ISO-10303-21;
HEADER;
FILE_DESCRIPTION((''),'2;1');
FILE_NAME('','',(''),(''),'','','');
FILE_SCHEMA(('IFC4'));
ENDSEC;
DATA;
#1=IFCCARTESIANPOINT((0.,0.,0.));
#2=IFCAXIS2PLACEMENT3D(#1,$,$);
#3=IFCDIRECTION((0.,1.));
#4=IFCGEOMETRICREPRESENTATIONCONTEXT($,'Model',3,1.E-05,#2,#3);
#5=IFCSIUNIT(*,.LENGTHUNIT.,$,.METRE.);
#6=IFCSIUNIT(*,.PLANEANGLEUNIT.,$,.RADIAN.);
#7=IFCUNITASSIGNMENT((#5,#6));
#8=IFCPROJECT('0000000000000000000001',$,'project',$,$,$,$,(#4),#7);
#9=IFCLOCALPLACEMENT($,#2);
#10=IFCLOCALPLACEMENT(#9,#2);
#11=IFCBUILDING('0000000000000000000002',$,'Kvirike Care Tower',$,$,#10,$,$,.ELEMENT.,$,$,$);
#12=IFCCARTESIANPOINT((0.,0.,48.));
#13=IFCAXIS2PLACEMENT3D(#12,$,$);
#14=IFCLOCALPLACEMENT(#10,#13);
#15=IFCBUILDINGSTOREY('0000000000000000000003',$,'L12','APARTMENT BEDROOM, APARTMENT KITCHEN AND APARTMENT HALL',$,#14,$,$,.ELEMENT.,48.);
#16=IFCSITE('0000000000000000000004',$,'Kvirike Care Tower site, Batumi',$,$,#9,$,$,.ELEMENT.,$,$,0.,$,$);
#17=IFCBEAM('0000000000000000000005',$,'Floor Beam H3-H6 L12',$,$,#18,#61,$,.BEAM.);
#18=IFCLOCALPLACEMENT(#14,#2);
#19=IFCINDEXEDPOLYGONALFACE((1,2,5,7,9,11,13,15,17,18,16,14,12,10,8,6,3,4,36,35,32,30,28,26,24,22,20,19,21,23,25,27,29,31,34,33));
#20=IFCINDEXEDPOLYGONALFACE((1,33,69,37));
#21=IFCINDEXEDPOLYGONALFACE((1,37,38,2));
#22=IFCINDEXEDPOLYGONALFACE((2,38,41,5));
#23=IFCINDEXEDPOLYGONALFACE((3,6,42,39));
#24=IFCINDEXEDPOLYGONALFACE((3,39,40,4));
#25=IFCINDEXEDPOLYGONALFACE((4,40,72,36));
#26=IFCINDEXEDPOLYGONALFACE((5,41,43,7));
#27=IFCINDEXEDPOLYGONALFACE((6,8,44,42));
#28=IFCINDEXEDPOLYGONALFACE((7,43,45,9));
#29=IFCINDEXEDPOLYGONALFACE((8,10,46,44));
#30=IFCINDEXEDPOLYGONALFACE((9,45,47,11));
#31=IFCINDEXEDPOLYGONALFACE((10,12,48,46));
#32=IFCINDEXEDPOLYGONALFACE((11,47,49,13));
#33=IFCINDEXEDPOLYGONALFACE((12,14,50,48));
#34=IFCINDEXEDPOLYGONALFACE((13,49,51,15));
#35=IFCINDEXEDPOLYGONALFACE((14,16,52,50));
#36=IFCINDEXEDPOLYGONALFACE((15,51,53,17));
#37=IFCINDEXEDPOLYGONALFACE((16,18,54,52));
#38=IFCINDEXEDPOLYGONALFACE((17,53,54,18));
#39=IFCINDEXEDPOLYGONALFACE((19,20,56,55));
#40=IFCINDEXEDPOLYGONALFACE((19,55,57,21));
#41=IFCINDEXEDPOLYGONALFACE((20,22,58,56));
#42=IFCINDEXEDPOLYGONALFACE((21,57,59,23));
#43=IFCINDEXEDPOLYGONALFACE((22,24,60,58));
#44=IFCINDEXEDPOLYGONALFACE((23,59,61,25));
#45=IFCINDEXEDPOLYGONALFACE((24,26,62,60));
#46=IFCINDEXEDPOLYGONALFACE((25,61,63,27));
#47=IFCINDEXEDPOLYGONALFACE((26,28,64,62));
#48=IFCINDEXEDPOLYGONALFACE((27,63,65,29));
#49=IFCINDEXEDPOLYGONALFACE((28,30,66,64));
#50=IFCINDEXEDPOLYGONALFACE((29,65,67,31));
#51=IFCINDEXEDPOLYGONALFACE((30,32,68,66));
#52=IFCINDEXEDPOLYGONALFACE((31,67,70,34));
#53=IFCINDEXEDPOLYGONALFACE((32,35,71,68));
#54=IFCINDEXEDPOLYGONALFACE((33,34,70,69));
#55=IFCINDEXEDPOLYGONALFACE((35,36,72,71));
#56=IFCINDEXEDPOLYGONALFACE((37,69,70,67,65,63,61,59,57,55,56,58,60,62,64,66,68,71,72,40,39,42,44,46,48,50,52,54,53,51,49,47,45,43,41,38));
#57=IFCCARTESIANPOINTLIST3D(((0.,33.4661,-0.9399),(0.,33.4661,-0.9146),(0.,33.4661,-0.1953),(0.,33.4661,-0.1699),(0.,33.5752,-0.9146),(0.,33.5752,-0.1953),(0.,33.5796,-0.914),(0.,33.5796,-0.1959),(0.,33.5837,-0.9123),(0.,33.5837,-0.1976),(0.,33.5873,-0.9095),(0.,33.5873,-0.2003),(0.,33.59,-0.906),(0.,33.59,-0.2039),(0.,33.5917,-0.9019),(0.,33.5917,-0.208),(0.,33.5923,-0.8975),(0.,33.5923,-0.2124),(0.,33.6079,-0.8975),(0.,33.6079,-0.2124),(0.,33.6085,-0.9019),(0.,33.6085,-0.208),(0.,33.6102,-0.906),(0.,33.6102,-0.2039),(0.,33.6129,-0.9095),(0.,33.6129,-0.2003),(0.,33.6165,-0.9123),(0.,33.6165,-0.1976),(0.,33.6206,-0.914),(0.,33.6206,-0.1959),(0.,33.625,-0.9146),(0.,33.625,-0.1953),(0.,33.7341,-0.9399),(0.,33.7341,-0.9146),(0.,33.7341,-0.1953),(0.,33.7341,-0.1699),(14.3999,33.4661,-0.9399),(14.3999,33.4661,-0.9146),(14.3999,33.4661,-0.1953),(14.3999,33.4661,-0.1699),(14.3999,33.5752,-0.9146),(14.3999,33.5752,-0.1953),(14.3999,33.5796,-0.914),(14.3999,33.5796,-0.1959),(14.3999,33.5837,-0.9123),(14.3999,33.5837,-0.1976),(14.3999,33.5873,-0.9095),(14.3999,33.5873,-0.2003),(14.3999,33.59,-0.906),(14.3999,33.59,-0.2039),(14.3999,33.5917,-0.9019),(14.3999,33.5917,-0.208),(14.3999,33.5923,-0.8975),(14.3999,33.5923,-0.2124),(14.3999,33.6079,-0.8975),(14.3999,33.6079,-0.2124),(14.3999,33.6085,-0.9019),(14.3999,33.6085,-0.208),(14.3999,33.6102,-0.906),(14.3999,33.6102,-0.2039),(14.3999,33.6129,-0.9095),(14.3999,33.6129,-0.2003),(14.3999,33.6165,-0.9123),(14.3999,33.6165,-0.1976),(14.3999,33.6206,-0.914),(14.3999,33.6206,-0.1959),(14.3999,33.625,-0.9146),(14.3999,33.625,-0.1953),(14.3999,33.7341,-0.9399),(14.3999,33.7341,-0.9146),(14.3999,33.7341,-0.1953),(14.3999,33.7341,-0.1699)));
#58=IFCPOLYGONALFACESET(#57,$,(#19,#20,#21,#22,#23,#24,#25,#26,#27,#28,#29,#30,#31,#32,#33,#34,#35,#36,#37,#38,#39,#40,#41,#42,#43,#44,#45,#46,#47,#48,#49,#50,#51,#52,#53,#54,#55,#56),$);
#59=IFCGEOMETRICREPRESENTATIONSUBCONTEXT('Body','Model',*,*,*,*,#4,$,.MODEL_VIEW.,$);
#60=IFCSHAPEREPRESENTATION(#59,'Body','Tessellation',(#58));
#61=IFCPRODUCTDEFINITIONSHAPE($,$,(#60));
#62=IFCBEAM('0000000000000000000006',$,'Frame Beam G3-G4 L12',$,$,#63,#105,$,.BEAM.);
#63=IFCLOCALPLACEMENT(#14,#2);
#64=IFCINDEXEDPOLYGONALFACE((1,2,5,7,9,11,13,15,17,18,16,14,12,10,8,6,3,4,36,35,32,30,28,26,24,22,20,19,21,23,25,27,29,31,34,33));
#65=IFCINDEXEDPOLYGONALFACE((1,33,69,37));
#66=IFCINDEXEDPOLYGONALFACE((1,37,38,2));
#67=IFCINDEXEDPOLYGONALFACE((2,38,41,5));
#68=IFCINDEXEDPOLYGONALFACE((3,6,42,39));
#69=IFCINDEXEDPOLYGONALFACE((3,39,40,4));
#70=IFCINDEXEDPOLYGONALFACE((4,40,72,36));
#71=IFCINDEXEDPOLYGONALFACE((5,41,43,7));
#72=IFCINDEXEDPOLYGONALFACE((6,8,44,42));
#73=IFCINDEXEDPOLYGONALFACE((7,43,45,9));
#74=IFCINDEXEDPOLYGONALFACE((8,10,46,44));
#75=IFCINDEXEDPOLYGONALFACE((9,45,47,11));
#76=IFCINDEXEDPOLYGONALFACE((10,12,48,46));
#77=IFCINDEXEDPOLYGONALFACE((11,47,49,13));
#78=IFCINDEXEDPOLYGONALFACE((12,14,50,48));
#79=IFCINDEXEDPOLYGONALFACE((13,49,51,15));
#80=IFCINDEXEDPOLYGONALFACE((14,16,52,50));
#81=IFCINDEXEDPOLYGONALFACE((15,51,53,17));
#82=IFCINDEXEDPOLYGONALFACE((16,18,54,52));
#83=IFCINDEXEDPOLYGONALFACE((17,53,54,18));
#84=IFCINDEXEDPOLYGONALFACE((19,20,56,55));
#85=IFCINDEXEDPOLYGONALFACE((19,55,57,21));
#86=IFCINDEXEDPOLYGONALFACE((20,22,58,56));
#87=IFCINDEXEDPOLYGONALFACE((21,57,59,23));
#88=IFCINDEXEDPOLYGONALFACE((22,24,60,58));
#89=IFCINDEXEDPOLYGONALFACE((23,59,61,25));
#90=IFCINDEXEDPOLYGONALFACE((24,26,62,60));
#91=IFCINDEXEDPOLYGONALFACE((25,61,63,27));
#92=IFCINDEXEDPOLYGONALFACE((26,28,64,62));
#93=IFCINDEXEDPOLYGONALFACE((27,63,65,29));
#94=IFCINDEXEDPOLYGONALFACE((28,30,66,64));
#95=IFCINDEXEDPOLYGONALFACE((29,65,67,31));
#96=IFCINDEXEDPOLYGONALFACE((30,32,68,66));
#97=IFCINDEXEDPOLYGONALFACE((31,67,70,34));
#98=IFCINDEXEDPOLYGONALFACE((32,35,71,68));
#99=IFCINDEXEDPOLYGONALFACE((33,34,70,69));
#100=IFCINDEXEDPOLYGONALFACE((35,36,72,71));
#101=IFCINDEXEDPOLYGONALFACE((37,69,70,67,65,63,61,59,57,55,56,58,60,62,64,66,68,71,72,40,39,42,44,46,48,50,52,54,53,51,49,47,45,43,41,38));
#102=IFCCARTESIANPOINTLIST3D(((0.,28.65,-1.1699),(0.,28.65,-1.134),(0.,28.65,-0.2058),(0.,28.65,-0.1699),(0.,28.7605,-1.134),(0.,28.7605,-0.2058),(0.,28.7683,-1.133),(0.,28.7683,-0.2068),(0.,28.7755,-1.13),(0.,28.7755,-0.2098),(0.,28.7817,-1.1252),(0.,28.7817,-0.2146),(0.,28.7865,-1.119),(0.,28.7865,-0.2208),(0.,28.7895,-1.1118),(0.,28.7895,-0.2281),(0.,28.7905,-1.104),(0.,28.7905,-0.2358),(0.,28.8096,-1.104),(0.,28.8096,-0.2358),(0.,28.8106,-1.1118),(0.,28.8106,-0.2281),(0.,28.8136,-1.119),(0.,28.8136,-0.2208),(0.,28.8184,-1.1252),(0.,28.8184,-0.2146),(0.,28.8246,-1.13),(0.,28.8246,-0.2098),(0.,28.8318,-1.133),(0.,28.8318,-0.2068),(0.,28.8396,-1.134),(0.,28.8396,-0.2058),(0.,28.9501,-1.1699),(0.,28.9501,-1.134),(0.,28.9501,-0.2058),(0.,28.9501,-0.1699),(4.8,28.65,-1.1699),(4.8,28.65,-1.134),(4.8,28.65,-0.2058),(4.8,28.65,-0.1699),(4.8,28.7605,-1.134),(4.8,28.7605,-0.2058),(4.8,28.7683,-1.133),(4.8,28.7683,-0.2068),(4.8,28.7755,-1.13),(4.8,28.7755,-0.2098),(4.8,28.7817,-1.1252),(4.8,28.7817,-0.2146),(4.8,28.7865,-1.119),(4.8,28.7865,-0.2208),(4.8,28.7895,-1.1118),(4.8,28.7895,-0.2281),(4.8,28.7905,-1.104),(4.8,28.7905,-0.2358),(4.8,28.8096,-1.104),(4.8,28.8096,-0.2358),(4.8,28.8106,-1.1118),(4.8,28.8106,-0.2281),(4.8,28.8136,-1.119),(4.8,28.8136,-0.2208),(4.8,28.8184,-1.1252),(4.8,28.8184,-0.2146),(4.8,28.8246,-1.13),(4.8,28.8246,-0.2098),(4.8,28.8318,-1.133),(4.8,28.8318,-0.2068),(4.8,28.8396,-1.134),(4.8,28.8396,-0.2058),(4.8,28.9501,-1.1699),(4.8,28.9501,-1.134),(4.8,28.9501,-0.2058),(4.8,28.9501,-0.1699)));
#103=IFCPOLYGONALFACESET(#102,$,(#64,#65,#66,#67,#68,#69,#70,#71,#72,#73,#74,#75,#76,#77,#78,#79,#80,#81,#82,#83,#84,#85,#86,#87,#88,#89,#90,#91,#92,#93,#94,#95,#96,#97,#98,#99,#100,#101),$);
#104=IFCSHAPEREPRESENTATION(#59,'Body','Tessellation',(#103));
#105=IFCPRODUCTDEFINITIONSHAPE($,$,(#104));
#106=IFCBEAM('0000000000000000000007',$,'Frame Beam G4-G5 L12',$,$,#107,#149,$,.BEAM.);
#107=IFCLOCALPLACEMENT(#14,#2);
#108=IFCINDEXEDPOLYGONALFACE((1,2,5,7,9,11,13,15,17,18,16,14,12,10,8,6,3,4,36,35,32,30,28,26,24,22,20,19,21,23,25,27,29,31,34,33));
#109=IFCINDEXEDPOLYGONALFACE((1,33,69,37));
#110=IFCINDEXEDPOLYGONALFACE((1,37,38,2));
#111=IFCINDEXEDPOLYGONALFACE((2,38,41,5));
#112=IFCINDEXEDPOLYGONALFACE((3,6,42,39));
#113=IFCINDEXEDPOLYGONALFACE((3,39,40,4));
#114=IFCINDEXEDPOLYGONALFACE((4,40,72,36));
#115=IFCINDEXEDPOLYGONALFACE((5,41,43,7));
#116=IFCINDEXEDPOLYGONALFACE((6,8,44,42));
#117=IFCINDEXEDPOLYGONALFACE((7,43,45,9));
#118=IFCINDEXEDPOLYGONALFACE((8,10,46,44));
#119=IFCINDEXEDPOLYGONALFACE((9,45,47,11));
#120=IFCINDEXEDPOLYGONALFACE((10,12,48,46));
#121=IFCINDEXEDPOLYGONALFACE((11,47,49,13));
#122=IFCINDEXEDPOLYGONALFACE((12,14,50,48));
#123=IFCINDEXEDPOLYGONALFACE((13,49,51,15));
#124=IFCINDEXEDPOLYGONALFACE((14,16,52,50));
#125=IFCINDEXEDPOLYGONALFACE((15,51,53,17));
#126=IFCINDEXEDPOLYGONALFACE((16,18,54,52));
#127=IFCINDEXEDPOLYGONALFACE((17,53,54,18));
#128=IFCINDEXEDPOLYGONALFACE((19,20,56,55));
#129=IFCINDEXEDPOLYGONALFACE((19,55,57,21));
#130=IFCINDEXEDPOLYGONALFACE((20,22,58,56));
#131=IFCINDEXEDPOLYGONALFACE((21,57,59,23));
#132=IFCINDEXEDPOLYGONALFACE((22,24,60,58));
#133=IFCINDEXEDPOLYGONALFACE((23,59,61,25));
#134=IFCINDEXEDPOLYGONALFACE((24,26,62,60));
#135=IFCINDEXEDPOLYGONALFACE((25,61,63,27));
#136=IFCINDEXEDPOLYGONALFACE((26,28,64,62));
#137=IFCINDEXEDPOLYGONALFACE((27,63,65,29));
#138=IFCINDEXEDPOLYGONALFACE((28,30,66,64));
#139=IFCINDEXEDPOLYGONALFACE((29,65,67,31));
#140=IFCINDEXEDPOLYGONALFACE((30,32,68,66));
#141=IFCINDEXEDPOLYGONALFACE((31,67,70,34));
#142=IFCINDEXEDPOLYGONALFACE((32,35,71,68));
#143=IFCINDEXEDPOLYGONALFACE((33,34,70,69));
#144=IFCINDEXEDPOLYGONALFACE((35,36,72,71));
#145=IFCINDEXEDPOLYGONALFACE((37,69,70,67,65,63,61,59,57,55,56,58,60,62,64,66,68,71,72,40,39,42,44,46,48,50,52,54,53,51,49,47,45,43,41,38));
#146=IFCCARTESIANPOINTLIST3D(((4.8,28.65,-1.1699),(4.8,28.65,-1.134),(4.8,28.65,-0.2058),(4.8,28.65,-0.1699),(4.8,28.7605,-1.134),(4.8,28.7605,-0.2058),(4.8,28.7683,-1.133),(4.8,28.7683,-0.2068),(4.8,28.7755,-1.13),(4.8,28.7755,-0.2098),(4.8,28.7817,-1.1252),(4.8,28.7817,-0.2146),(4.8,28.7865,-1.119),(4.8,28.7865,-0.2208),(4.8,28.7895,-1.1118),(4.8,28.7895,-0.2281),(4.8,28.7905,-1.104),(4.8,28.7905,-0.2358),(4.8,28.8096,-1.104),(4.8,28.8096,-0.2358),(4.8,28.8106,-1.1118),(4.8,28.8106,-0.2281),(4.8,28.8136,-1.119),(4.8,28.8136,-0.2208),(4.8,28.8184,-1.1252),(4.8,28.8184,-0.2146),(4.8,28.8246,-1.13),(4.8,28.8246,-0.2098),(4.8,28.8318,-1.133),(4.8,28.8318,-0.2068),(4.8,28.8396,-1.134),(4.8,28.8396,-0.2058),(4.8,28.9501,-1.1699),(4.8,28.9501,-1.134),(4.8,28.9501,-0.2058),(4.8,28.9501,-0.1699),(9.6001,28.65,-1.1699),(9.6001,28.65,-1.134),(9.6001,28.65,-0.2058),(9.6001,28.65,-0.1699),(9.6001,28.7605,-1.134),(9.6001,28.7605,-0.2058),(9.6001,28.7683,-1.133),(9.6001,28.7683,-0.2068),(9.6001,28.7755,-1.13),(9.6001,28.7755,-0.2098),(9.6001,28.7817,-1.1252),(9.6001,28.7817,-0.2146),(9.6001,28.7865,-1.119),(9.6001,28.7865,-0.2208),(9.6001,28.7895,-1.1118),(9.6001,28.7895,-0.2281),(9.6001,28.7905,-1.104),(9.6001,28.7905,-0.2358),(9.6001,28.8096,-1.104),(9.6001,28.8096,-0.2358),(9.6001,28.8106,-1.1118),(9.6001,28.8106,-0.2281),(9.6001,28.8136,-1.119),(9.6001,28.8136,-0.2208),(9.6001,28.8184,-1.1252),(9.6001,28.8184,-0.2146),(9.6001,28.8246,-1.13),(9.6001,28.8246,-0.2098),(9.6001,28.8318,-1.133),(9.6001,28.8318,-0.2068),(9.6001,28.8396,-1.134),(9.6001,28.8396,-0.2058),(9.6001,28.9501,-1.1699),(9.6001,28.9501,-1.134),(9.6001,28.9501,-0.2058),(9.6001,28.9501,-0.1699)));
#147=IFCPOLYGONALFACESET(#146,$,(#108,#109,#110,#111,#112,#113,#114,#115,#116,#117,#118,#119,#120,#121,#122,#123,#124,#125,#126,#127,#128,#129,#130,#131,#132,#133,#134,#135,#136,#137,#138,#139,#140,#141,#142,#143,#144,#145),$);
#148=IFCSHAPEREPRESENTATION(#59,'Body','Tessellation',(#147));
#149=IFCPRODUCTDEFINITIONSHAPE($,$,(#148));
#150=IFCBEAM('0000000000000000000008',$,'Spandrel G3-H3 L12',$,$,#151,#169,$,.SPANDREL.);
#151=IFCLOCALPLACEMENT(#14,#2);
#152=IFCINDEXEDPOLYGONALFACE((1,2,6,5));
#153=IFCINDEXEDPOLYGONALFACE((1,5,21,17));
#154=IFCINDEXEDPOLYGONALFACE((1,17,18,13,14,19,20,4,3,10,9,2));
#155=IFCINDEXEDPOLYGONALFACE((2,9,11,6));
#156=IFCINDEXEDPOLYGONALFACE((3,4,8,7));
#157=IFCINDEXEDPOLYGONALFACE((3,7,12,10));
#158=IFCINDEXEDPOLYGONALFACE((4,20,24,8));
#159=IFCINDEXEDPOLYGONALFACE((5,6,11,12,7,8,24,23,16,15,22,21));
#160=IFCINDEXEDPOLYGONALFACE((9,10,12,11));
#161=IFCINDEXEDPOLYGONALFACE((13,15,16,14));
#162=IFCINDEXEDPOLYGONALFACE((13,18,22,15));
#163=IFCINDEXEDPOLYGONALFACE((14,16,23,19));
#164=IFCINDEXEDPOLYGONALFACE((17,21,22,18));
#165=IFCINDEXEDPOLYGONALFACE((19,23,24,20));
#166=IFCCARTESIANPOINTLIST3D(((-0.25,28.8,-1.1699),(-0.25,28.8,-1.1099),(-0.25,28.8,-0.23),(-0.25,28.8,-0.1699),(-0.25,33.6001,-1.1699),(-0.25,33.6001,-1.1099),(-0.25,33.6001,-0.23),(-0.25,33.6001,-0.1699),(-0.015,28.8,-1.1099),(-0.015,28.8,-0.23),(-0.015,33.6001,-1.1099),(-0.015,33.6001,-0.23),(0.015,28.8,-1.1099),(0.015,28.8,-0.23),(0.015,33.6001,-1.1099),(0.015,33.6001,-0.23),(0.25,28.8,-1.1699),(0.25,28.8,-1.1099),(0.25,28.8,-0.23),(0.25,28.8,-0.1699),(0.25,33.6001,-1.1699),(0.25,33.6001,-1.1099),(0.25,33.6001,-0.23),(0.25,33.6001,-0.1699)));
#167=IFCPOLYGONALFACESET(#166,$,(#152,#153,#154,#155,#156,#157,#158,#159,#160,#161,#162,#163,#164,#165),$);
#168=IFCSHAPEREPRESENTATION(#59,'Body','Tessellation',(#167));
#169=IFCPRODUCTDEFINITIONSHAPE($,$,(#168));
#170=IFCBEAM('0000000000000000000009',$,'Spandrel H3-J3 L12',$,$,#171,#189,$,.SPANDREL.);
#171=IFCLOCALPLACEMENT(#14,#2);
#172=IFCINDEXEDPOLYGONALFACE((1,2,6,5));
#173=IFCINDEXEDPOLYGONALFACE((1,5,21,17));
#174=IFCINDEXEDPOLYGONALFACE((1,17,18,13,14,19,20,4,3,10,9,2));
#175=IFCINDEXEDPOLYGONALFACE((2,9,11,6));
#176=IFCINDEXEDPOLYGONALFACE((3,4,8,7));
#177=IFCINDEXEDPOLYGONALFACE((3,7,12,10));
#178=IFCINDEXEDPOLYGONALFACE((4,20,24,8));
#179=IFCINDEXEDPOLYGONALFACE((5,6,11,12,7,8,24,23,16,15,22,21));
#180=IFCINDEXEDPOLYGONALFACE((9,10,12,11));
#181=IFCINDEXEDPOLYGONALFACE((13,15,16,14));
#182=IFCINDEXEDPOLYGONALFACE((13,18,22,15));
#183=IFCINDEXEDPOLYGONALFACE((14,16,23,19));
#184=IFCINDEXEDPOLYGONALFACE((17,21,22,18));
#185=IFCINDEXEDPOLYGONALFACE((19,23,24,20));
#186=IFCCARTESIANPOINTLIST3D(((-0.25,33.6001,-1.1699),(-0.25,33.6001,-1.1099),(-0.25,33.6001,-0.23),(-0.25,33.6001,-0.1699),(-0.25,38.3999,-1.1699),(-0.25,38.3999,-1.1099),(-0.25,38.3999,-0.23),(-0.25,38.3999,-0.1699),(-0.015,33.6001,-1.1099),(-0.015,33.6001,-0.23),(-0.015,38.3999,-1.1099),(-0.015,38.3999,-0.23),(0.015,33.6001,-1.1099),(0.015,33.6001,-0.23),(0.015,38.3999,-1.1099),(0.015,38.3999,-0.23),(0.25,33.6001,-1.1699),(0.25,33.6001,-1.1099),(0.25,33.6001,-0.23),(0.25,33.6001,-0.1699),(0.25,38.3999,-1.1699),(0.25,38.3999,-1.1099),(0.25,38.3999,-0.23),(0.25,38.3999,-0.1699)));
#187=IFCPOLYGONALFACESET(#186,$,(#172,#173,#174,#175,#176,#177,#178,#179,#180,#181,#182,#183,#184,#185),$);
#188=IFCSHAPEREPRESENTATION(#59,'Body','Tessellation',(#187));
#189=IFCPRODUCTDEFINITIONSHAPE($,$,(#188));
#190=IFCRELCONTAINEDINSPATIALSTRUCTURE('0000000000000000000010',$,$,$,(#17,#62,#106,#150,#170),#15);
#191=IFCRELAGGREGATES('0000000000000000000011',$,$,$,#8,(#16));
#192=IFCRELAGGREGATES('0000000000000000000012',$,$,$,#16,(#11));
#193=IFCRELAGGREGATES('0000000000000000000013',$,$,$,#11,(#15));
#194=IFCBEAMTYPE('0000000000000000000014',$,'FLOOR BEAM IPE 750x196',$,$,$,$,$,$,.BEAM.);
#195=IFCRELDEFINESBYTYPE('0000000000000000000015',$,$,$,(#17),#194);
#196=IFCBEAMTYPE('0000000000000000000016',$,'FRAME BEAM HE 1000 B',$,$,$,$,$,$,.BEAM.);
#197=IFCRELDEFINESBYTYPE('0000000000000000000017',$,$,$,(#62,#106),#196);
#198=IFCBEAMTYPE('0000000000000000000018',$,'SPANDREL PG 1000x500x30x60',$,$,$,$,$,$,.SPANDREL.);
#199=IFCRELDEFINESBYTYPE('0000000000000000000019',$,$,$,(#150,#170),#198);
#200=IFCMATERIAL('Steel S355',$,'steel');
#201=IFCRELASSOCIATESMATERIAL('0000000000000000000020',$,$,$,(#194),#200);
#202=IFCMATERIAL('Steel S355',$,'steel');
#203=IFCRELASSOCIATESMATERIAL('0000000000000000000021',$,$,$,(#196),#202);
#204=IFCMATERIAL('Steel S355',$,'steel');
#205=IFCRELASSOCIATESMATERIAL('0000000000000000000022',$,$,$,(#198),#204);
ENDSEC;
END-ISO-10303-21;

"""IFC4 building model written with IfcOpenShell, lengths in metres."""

from ifc_helpers import new_model, si_unit, direction, frame, origin, origin_2d, place, context, subcontext, project, spatial, i_section, extrude, material, material_profile, profile_set, type_object, element, save


model = new_model("IFC4")

# Units and contexts
model_context = context("Model", 3, precision=1e-05, world=origin(), true_north=direction((0.0, 1.0)))
body_context = subcontext(model_context, "Body", "Model", "MODEL_VIEW")
ifc_project = project(units=[si_unit("LENGTHUNIT", "METRE"), si_unit("PLANEANGLEUNIT", "RADIAN")], contexts=[model_context])

# Site, building, storey
site_placement = place(None, origin())
site = spatial("IfcSite", under=ifc_project, at=site_placement, Name="Kvirike Care Tower site, Batumi", CompositionType="ELEMENT", RefElevation=0.0)
building_placement = place(site_placement, origin())
building = spatial("IfcBuilding", under=site, at=building_placement, Name="Kvirike Care Tower", CompositionType="ELEMENT")
storey_placement = place(building_placement, frame((0.0, 0.0, 48.0)))
storey = spatial("IfcBuildingStorey", under=building, at=storey_placement, Name="L12", Description="APARTMENT BEDROOM, APARTMENT KITCHEN AND APARTMENT HALL", CompositionType="ELEMENT", Elevation=48.0)

# Beams
ifc_material_1 = material(Name="Steel S355", Category="steel")
ifc_material_profile_1 = material_profile(ifc_material_1, i_section(OverallWidth=0.2681, OverallDepth=0.77, WebThickness=0.0156, FlangeThickness=0.0254, FilletRadius=0.0171, at=origin_2d()), Name="IPE 750x196")
ifc_profile_set_1 = profile_set([ifc_material_profile_1], Name="Steel S355")
beam_type_1 = type_object("IfcBeamType", Name="FLOOR BEAM IPE 750x196", PredefinedType="BEAM", material=ifc_profile_set_1)
beam_1_placement = place(storey_placement, frame((0.0, 33.6001, -0.5549), z_axis=(1.0, 0.0, 0.0), x_axis=(0.0, 1.0, 0.0)))
element("IfcBeam", 1, at=beam_1_placement, inside=storey, type_object=beam_type_1, Name="Floor Beam H3-H6 L12", PredefinedType="BEAM", context=body_context, shape_type="SweptSolid", body=[
    extrude(i_section(OverallWidth=0.2681, OverallDepth=0.77, WebThickness=0.0156, FlangeThickness=0.0254, FilletRadius=0.0171, at=origin_2d()), origin(), (0.0, 0.0, 1.0), 14.3999),
])
ifc_material_2 = material(Name="Steel S355", Category="steel")
ifc_material_profile_2 = material_profile(ifc_material_2, i_section(OverallWidth=0.3, OverallDepth=1.0, WebThickness=0.019, FlangeThickness=0.0359, FilletRadius=0.03, at=origin_2d()), Name="HE 1000 B")
ifc_profile_set_2 = profile_set([ifc_material_profile_2], Name="Steel S355")
beam_type_2 = type_object("IfcBeamType", Name="FRAME BEAM HE 1000 B", PredefinedType="BEAM", material=ifc_profile_set_2)
for number, where, z_axis, x_axis, name in (
    (2, (0.0, 28.8, -0.6699), (1.0, 0.0, 0.0), (0.0, 1.0, 0.0), "Frame Beam G3-G4 L12"),
    (3, (4.8, 28.8, -0.6699), (1.0, 0.0, 0.0), (0.0, 1.0, 0.0), "Frame Beam G4-G5 L12"),
):
    element("IfcBeam", number, at=place(storey_placement, frame(where, z_axis=z_axis, x_axis=x_axis)), inside=storey, type_object=beam_type_2, Name=name, PredefinedType="BEAM", context=body_context, shape_type="SweptSolid", body=[
        extrude(i_section(OverallWidth=0.3, OverallDepth=1.0, WebThickness=0.019, FlangeThickness=0.0359, FilletRadius=0.03, at=origin_2d()), origin(), (0.0, 0.0, 1.0), 4.8),
    ])
ifc_material_3 = material(Name="Steel S355", Category="steel")
ifc_material_profile_3 = material_profile(ifc_material_3, i_section(OverallWidth=0.5, OverallDepth=1.0, WebThickness=0.03, FlangeThickness=0.0601, at=origin_2d()), Name="PG 1000x500x30x60")
ifc_profile_set_3 = profile_set([ifc_material_profile_3], Name="Steel S355")
beam_type_3 = type_object("IfcBeamType", Name="SPANDREL PG 1000x500x30x60", PredefinedType="SPANDREL", material=ifc_profile_set_3)
beam_2_placement = place(storey_placement, frame((0.0, 28.8, -0.6699), z_axis=(0.0, 1.0, 0.0), x_axis=(-1.0, 0.0, 0.0)))
element("IfcBeam", 4, at=beam_2_placement, inside=storey, type_object=beam_type_3, Name="Spandrel G3-H3 L12", PredefinedType="SPANDREL", context=body_context, shape_type="SweptSolid", body=[
    extrude(i_section(OverallWidth=0.5, OverallDepth=1.0, WebThickness=0.03, FlangeThickness=0.0601, at=origin_2d()), origin(), (0.0, 0.0, 1.0), 4.8),
])
beam_3_placement = place(storey_placement, frame((0.0, 33.6001, -0.6699), z_axis=(0.0, 1.0, 0.0), x_axis=(-1.0, 0.0, 0.0)))
element("IfcBeam", 5, at=beam_3_placement, inside=storey, type_object=beam_type_3, Name="Spandrel H3-J3 L12", PredefinedType="SPANDREL", context=body_context, shape_type="SweptSolid", body=[
    extrude(i_section(OverallWidth=0.5, OverallDepth=1.0, WebThickness=0.03, FlangeThickness=0.0601, at=origin_2d()), origin(), (0.0, 0.0, 1.0), 4.7998),
])

save(model, "model.ifc")
